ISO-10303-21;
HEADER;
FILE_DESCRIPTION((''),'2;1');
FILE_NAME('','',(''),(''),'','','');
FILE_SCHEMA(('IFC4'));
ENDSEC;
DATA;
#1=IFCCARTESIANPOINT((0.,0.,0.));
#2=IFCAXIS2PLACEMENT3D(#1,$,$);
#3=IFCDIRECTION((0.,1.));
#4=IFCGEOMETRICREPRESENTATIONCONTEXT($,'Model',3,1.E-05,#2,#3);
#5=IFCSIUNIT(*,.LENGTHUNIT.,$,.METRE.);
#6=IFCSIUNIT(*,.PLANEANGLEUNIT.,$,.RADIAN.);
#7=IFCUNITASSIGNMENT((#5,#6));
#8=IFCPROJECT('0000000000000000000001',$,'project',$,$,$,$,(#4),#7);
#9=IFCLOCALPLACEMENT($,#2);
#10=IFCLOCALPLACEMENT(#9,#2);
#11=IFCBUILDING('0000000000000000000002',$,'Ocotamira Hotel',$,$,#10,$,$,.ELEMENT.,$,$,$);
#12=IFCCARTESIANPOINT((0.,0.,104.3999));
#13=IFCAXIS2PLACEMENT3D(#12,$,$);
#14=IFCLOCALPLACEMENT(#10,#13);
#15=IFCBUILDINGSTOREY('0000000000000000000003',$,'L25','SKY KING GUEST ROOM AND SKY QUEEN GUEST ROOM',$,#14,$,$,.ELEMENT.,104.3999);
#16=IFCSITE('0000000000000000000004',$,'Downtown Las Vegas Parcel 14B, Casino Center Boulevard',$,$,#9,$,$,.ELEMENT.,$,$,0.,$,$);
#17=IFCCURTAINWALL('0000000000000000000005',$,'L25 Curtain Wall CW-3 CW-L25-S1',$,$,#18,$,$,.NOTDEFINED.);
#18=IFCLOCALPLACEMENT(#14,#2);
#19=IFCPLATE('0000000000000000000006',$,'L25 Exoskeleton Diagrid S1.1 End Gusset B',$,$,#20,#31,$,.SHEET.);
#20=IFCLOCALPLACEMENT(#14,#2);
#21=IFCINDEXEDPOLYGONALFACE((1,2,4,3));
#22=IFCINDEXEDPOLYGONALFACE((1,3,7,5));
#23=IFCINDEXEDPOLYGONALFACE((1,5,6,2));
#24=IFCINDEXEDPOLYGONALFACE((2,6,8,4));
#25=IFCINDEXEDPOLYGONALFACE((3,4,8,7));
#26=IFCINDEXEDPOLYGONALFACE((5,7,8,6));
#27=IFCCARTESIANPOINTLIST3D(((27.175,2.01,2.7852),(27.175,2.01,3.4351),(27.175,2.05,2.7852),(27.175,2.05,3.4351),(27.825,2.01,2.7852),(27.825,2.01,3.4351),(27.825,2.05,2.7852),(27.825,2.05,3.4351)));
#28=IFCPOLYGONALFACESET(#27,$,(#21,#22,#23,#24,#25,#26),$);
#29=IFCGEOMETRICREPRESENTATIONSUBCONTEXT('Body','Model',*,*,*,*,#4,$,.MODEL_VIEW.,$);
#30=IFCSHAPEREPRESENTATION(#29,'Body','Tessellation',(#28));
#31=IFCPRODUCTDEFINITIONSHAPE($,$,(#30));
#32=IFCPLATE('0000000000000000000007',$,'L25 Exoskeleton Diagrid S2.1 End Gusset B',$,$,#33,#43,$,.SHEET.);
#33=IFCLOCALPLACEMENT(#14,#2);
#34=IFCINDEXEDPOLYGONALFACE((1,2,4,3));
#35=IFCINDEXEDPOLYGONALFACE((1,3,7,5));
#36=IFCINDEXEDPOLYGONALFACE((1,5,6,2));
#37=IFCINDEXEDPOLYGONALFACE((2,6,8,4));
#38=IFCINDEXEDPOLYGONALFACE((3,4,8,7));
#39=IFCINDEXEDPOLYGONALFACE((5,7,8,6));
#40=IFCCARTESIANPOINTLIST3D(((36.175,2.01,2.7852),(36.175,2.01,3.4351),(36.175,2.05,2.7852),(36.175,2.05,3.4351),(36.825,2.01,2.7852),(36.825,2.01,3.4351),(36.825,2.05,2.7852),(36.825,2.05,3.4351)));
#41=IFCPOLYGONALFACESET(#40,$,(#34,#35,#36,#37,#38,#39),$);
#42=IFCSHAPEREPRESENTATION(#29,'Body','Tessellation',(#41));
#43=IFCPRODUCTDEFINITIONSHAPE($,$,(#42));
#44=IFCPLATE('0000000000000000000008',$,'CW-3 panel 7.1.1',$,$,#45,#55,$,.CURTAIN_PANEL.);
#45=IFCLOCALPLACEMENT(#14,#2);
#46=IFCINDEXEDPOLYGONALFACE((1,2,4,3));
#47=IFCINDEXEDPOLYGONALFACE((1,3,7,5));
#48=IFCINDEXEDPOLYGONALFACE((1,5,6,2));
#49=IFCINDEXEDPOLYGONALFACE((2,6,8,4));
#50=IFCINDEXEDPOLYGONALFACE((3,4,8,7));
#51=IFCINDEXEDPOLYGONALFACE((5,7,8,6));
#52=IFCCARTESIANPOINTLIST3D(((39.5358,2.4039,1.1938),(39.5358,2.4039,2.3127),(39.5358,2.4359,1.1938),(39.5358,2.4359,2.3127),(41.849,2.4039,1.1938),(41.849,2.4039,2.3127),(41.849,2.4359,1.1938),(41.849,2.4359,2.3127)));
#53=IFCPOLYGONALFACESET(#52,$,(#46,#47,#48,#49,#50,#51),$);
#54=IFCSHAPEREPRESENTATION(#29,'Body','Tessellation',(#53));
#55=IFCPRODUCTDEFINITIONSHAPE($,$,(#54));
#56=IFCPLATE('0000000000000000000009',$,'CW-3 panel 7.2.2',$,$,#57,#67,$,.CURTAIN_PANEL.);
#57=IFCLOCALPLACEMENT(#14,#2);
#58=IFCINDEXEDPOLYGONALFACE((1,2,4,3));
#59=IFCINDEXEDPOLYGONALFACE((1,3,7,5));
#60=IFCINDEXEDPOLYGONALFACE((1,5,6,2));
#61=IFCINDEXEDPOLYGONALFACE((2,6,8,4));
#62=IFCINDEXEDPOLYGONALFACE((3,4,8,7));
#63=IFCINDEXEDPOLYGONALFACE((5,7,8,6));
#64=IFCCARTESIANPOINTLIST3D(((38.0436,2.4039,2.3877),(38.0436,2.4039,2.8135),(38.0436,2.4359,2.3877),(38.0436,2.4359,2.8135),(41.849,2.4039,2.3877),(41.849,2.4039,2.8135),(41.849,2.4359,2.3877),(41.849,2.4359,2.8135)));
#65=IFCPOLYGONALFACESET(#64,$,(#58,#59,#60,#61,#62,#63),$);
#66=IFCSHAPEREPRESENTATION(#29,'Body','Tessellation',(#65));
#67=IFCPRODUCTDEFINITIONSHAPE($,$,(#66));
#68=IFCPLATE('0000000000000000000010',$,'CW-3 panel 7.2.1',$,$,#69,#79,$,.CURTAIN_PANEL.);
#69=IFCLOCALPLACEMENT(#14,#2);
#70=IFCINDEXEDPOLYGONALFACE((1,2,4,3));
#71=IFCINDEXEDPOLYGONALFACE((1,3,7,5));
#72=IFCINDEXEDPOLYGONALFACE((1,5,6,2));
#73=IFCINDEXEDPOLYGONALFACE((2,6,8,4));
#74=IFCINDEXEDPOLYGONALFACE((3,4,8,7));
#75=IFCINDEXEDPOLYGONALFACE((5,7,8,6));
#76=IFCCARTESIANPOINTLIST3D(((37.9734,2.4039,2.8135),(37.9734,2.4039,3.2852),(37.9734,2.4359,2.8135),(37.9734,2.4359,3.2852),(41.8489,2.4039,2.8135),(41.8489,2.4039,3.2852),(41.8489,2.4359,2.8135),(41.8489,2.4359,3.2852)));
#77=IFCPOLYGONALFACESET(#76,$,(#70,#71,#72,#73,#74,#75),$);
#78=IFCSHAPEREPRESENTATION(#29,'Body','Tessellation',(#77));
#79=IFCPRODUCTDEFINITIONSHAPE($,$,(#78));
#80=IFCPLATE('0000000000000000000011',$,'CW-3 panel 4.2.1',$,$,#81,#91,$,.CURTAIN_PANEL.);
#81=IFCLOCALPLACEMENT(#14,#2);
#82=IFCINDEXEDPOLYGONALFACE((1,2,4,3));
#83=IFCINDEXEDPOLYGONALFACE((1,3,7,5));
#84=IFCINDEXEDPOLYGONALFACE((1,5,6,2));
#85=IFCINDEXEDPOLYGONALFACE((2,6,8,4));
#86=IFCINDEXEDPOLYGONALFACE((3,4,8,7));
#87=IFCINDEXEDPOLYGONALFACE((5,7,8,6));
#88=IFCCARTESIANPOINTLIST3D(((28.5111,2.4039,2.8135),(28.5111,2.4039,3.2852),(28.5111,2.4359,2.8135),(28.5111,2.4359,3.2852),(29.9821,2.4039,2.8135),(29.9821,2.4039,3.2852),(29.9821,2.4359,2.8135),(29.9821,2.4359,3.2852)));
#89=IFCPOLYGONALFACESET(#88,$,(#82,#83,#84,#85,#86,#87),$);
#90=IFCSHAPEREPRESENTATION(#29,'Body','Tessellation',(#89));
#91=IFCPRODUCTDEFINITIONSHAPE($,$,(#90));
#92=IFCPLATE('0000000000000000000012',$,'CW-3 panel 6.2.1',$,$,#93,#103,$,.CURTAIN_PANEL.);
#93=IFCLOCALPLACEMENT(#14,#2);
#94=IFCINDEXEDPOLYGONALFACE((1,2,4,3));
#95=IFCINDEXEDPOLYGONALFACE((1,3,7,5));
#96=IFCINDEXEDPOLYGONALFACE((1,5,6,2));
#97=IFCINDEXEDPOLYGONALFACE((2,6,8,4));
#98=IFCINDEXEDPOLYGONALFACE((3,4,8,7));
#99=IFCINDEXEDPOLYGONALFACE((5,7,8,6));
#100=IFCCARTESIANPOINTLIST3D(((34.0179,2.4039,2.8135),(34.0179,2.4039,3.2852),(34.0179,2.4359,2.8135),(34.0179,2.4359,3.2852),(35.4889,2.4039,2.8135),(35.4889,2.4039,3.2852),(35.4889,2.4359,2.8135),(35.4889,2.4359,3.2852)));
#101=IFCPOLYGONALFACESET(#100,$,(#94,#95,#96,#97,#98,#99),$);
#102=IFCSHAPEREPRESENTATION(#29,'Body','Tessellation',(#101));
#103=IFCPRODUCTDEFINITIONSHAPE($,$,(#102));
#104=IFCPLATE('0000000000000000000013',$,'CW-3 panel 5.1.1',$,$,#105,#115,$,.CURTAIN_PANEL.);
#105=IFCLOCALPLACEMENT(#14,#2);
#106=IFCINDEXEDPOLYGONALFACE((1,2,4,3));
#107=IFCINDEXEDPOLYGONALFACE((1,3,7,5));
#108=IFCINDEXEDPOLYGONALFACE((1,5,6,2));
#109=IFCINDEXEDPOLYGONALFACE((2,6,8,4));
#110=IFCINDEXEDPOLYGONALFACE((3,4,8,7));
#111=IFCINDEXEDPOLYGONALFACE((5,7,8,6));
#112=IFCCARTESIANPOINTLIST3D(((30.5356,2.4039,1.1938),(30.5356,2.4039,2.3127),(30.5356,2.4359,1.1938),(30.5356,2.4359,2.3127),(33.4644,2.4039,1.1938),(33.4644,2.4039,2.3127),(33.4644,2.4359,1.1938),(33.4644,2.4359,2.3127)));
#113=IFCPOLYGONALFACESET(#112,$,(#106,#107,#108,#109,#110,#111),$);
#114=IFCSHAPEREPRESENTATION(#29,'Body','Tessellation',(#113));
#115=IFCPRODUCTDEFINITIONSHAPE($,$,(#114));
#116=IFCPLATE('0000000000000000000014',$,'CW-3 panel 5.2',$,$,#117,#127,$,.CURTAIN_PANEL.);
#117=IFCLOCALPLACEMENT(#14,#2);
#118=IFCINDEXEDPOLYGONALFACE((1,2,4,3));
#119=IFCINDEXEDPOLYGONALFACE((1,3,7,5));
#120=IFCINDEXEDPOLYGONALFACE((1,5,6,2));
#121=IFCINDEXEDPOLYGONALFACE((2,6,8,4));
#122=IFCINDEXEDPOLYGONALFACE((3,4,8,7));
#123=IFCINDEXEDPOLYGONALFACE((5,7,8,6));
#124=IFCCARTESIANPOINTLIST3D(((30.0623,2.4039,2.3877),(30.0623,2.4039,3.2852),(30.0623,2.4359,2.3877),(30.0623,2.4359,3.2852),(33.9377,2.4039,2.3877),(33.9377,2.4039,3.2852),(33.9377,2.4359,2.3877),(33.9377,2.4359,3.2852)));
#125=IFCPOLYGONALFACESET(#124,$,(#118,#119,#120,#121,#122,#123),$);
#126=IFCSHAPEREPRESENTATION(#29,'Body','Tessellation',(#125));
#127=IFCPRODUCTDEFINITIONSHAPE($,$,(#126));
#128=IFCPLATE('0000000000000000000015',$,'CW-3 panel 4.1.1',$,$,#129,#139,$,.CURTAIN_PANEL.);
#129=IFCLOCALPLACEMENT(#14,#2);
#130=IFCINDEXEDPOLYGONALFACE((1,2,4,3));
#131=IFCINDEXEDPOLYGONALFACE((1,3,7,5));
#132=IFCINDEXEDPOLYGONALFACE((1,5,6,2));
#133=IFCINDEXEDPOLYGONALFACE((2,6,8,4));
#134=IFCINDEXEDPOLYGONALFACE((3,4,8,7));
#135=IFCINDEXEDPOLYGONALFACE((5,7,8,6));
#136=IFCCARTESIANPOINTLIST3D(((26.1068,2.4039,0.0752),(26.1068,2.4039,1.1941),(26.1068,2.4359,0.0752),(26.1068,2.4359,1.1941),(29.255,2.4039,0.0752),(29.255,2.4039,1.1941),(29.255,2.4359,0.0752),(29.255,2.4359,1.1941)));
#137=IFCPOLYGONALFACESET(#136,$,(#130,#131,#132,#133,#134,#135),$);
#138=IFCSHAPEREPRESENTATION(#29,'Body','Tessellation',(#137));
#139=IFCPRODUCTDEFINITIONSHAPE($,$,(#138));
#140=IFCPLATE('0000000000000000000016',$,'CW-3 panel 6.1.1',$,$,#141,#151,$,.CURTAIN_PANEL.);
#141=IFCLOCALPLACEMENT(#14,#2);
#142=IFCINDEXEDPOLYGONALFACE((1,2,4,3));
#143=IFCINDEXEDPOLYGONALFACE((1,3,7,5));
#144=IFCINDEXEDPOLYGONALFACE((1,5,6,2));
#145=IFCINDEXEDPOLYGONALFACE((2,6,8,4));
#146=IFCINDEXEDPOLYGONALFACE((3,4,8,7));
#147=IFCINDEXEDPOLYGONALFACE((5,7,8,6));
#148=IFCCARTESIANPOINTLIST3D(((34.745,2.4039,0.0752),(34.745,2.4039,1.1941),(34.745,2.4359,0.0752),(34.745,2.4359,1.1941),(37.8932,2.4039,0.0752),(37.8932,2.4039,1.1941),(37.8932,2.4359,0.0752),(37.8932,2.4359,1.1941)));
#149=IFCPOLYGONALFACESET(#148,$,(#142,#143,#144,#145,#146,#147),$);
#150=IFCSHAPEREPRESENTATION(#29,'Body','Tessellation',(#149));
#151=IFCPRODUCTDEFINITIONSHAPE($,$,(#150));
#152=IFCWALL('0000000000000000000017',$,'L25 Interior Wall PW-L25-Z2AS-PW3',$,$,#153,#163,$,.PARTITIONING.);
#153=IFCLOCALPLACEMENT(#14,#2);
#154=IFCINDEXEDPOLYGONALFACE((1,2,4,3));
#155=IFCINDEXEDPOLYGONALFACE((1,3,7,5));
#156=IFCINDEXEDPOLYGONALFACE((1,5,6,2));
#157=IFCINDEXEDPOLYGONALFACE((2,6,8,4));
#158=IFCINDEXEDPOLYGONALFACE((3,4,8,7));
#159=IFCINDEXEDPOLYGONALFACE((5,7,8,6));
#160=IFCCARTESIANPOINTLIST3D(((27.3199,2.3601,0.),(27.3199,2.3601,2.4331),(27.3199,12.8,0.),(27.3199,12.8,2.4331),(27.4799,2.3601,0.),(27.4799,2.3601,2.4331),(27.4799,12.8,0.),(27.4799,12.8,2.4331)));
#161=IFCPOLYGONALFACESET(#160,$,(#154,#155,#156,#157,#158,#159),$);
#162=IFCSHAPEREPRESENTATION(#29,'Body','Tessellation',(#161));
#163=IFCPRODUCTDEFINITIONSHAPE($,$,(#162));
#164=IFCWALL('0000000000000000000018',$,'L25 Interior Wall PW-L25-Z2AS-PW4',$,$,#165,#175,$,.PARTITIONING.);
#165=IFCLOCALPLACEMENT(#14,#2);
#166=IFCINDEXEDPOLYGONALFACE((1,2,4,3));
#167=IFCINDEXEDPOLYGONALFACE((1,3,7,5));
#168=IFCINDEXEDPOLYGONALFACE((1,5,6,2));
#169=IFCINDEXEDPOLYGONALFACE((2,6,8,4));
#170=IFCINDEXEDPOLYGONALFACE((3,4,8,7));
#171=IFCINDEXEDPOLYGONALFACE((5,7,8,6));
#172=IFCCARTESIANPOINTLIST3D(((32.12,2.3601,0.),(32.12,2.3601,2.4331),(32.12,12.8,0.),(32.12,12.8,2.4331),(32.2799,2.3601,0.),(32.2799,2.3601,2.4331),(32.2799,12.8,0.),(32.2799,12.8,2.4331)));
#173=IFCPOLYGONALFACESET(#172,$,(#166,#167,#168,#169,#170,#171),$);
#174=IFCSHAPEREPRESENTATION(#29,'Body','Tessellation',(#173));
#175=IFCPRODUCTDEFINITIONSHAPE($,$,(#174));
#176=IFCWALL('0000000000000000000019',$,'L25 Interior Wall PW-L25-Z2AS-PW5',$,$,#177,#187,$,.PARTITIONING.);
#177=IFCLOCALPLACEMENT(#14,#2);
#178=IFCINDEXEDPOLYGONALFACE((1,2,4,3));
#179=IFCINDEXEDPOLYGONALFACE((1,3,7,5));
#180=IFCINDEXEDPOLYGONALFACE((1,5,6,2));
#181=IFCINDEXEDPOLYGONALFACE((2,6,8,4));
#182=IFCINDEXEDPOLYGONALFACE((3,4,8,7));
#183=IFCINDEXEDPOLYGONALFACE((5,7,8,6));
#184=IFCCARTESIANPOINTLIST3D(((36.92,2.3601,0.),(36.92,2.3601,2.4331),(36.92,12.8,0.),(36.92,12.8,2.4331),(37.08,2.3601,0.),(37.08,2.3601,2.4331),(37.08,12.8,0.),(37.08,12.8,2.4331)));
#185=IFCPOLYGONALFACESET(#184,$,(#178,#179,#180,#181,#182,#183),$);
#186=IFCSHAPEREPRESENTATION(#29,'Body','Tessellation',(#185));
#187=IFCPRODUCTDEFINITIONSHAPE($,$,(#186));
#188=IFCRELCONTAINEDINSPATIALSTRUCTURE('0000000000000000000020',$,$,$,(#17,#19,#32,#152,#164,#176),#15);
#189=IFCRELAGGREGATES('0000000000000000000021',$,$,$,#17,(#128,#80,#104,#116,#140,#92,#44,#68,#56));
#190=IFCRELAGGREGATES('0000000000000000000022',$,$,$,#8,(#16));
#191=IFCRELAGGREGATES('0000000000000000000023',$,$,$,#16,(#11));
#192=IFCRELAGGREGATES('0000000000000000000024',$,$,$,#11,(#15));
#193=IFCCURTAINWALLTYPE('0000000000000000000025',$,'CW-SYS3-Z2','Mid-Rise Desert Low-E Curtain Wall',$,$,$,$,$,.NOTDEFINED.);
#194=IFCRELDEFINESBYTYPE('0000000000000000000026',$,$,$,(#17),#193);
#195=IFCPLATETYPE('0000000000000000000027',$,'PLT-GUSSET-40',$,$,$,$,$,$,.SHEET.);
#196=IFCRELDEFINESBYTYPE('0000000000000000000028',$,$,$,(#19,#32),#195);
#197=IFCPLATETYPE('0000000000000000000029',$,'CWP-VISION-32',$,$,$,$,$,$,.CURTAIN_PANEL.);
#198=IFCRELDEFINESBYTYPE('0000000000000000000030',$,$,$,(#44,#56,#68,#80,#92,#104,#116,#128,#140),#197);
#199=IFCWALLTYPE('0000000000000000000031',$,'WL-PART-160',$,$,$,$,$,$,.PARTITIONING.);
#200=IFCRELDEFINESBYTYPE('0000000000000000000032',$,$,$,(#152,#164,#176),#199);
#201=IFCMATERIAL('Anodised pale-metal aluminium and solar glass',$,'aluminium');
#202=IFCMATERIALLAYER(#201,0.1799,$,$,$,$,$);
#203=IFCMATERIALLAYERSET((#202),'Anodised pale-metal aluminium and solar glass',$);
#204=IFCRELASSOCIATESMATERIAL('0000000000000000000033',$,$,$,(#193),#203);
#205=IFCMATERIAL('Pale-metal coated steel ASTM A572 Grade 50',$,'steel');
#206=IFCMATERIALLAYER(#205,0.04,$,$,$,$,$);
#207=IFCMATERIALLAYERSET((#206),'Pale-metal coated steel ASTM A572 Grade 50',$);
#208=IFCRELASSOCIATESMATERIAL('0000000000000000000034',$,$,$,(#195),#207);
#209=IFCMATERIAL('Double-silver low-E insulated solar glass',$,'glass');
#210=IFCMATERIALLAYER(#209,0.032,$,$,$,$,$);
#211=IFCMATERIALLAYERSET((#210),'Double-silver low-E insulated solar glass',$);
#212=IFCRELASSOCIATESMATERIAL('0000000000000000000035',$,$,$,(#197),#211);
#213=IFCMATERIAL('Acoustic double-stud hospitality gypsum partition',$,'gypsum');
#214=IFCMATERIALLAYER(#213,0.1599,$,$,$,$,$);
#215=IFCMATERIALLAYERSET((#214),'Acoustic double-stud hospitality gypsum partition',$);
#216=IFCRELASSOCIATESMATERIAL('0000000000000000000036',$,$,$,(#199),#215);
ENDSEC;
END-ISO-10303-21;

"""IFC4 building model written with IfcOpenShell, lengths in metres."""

from ifc_helpers import new_model, si_unit, direction, frame, frame_2d, origin, origin_2d, place, context, subcontext, project, spatial, rectangle, extrude, source, transform, mapped, material, layer, layer_set, type_object, element, aggregate, save


model = new_model("IFC4")

# Units and contexts
model_context = context("Model", 3, precision=1e-05, world=origin(), true_north=direction((0.0, 1.0)))
body_context = subcontext(model_context, "Body", "Model", "MODEL_VIEW")
ifc_project = project(units=[si_unit("LENGTHUNIT", "METRE"), si_unit("PLANEANGLEUNIT", "RADIAN")], contexts=[model_context])

# Site, building, storey
site_placement = place(None, origin())
site = spatial("IfcSite", under=ifc_project, at=site_placement, Name="Downtown Las Vegas Parcel 14B, Casino Center Boulevard", CompositionType="ELEMENT", RefElevation=0.0)
building_placement = place(site_placement, origin())
building = spatial("IfcBuilding", under=site, at=building_placement, Name="Ocotamira Hotel", CompositionType="ELEMENT")
storey_placement = place(building_placement, frame((0.0, 0.0, 104.3999)))
storey = spatial("IfcBuildingStorey", under=building, at=storey_placement, Name="L25", Description="SKY KING GUEST ROOM AND SKY QUEEN GUEST ROOM", CompositionType="ELEMENT", Elevation=104.3999)

# Curtain wall
ifc_material_1 = material(Name="Anodised pale-metal aluminium and solar glass", Category="aluminium")
ifc_layer_1 = layer(ifc_material_1, 0.1799)
ifc_layer_set_1 = layer_set([ifc_layer_1], Name="Anodised pale-metal aluminium and solar glass")
curtain_wall_type = type_object("IfcCurtainWallType", Name="CW-SYS3-Z2", Description="Mid-Rise Desert Low-E Curtain Wall", PredefinedType="NOTDEFINED", material=ifc_layer_set_1)
curtain_wall_placement = place(storey_placement, origin())
curtain_wall = element("IfcCurtainWall", 1, at=curtain_wall_placement, inside=storey, type_object=curtain_wall_type, Name="L25 Curtain Wall CW-3 CW-L25-S1", PredefinedType="NOTDEFINED")

# Plates
ifc_material_2 = material(Name="Pale-metal coated steel ASTM A572 Grade 50", Category="steel")
ifc_layer_2 = layer(ifc_material_2, 0.04)
ifc_layer_set_2 = layer_set([ifc_layer_2], Name="Pale-metal coated steel ASTM A572 Grade 50")
plate_type_1 = type_object("IfcPlateType", Name="PLT-GUSSET-40", PredefinedType="SHEET", material=ifc_layer_set_2)
shared_shape_1 = source(origin(), body_context, "Body", "SweptSolid", [
    extrude(rectangle(XDim=0.6499, YDim=0.04, at=origin_2d()), origin(), (0.0, 0.0, 1.0), 0.6499),
])
for number, where, z_axis, x_axis, name in (
    (2, (27.5, 2.03, 2.7852), (0.0, 0.0, 1.0), (1.0, 0.0, 0.0), "L25 Exoskeleton Diagrid S1.1 End Gusset B"),
    (3, (36.5, 2.03, 2.7852), (0.0, 0.0, 1.0), (1.0, 0.0, 0.0), "L25 Exoskeleton Diagrid S2.1 End Gusset B"),
):
    element("IfcPlate", number, at=place(storey_placement, frame(where, z_axis=z_axis, x_axis=x_axis)), inside=storey, type_object=plate_type_1, Name=name, PredefinedType="SHEET", context=body_context, shape_type="MappedRepresentation", body=[
        mapped(shared_shape_1, transform((0.0, 0.0, 0.0), scale=1.0)),
    ])

# Plates
ifc_material_3 = material(Name="Double-silver low-E insulated solar glass", Category="glass")
ifc_layer_3 = layer(ifc_material_3, 0.032)
ifc_layer_set_3 = layer_set([ifc_layer_3], Name="Double-silver low-E insulated solar glass")
plate_type_2 = type_object("IfcPlateType", Name="CWP-VISION-32", PredefinedType="CURTAIN_PANEL", material=ifc_layer_set_3)
shared_shape_2 = source(origin(), body_context, "Body", "SweptSolid", [
    extrude(rectangle(XDim=2.3132, YDim=0.032, at=origin_2d()), origin(), (0.0, 0.0, 1.0), 1.1189),
])
plate_1_placement = place(storey_placement, frame((40.6924, 2.4199, 1.1938), z_axis=(0.0, 0.0, 1.0), x_axis=(1.0, 0.0, 0.0)))
plate_1 = element("IfcPlate", 4, at=plate_1_placement, type_object=plate_type_2, Name="CW-3 panel 7.1.1", PredefinedType="CURTAIN_PANEL", context=body_context, shape_type="MappedRepresentation", body=[
    mapped(shared_shape_2, transform((0.0, 0.0, 0.0), scale=1.0)),
])
shared_shape_3 = source(origin(), body_context, "Body", "SweptSolid", [
    extrude(rectangle(XDim=3.8054, YDim=0.032, at=origin_2d()), origin(), (0.0, 0.0, 1.0), 0.4258),
])
plate_2_placement = place(storey_placement, frame((39.9463, 2.4199, 2.3877), z_axis=(0.0, 0.0, 1.0), x_axis=(1.0, 0.0, 0.0)))
plate_2 = element("IfcPlate", 5, at=plate_2_placement, type_object=plate_type_2, Name="CW-3 panel 7.2.2", PredefinedType="CURTAIN_PANEL", context=body_context, shape_type="MappedRepresentation", body=[
    mapped(shared_shape_3, transform((0.0, 0.0, 0.0), scale=1.0)),
])
shared_shape_4 = source(origin(), body_context, "Body", "SweptSolid", [
    extrude(rectangle(XDim=3.8755, YDim=0.032, at=origin_2d()), origin(), (0.0, 0.0, 1.0), 0.4717),
])
plate_3_placement = place(storey_placement, frame((39.9111, 2.4199, 2.8135), z_axis=(0.0, 0.0, 1.0), x_axis=(1.0, 0.0, 0.0)))
plate_3 = element("IfcPlate", 6, at=plate_3_placement, type_object=plate_type_2, Name="CW-3 panel 7.2.1", PredefinedType="CURTAIN_PANEL", context=body_context, shape_type="MappedRepresentation", body=[
    mapped(shared_shape_4, transform((0.0, 0.0, 0.0), scale=1.0)),
])
shared_shape_5 = source(origin(), body_context, "Body", "SweptSolid", [
    extrude(rectangle(XDim=1.4709, YDim=0.032, at=origin_2d()), origin(), (0.0, 0.0, 1.0), 0.4717),
])
plate_4_placement = place(storey_placement, frame((29.2466, 2.4199, 2.8135), z_axis=(0.0, 0.0, 1.0), x_axis=(1.0, 0.0, 0.0)))
plate_4 = element("IfcPlate", 7, at=plate_4_placement, type_object=plate_type_2, Name="CW-3 panel 4.2.1", PredefinedType="CURTAIN_PANEL", context=body_context, shape_type="MappedRepresentation", body=[
    mapped(shared_shape_5, transform((0.0, 0.0, 0.0), scale=1.0)),
])
plate_5_placement = place(storey_placement, frame((34.7534, 2.4199, 2.8135), z_axis=(0.0, 0.0, 1.0), x_axis=(1.0, 0.0, 0.0)))
plate_5 = element("IfcPlate", 8, at=plate_5_placement, type_object=plate_type_2, Name="CW-3 panel 6.2.1", PredefinedType="CURTAIN_PANEL", context=body_context, shape_type="MappedRepresentation", body=[
    mapped(shared_shape_5, transform((0.0, 0.0, 0.0), scale=1.0)),
])
shared_shape_6 = source(origin(), body_context, "Body", "SweptSolid", [
    extrude(rectangle(XDim=2.9287, YDim=0.032, at=origin_2d()), origin(), (0.0, 0.0, 1.0), 1.1189),
])
plate_6_placement = place(storey_placement, frame((32.0, 2.4199, 1.1938), z_axis=(0.0, 0.0, 1.0), x_axis=(1.0, 0.0, 0.0)))
plate_6 = element("IfcPlate", 9, at=plate_6_placement, type_object=plate_type_2, Name="CW-3 panel 5.1.1", PredefinedType="CURTAIN_PANEL", context=body_context, shape_type="MappedRepresentation", body=[
    mapped(shared_shape_6, transform((0.0, 0.0, 0.0), scale=1.0)),
])
shared_shape_7 = source(origin(), body_context, "Body", "SweptSolid", [
    extrude(rectangle(XDim=3.8755, YDim=0.032, at=origin_2d()), origin(), (0.0, 0.0, 1.0), 0.8975),
])
plate_7_placement = place(storey_placement, frame((32.0, 2.4199, 2.3877), z_axis=(0.0, 0.0, 1.0), x_axis=(1.0, 0.0, 0.0)))
plate_7 = element("IfcPlate", 10, at=plate_7_placement, type_object=plate_type_2, Name="CW-3 panel 5.2", PredefinedType="CURTAIN_PANEL", context=body_context, shape_type="MappedRepresentation", body=[
    mapped(shared_shape_7, transform((0.0, 0.0, 0.0), scale=1.0)),
])
shared_shape_8 = source(origin(), body_context, "Body", "SweptSolid", [
    extrude(rectangle(XDim=3.1482, YDim=0.032, at=origin_2d()), origin(), (0.0, 0.0, 1.0), 1.1189),
])
plate_8_placement = place(storey_placement, frame((27.6809, 2.4199, 0.0752), z_axis=(0.0, 0.0, 1.0), x_axis=(1.0, 0.0, 0.0)))
plate_8 = element("IfcPlate", 11, at=plate_8_placement, type_object=plate_type_2, Name="CW-3 panel 4.1.1", PredefinedType="CURTAIN_PANEL", context=body_context, shape_type="MappedRepresentation", body=[
    mapped(shared_shape_8, transform((0.0, 0.0, 0.0), scale=1.0)),
])
plate_9_placement = place(storey_placement, frame((36.3191, 2.4199, 0.0752), z_axis=(0.0, 0.0, 1.0), x_axis=(1.0, 0.0, 0.0)))
plate_9 = element("IfcPlate", 12, at=plate_9_placement, type_object=plate_type_2, Name="CW-3 panel 6.1.1", PredefinedType="CURTAIN_PANEL", context=body_context, shape_type="MappedRepresentation", body=[
    mapped(shared_shape_8, transform((0.0, 0.0, 0.0), scale=1.0)),
])
aggregate(curtain_wall, [plate_8, plate_4, plate_6, plate_7, plate_9, plate_5, plate_1, plate_3, plate_2])

# Walls
ifc_material_4 = material(Name="Acoustic double-stud hospitality gypsum partition", Category="gypsum")
ifc_layer_4 = layer(ifc_material_4, 0.1599)
ifc_layer_set_4 = layer_set([ifc_layer_4], Name="Acoustic double-stud hospitality gypsum partition")
wall_type = type_object("IfcWallType", Name="WL-PART-160", PredefinedType="PARTITIONING", material=ifc_layer_set_4)
for number, where, z_axis, x_axis, name in (
    (13, (27.3999, 2.3601, 0.0), (0.0, 0.0, 1.0), (0.0, 1.0, 0.0), "L25 Interior Wall PW-L25-Z2AS-PW3"),
    (14, (32.2, 2.3601, 0.0), (0.0, 0.0, 1.0), (0.0, 1.0, 0.0), "L25 Interior Wall PW-L25-Z2AS-PW4"),
    (15, (37.0, 2.3601, 0.0), (0.0, 0.0, 1.0), (0.0, 1.0, 0.0), "L25 Interior Wall PW-L25-Z2AS-PW5"),
):
    element("IfcWall", number, at=place(storey_placement, frame(where, z_axis=z_axis, x_axis=x_axis)), inside=storey, type_object=wall_type, Name=name, PredefinedType="PARTITIONING", context=body_context, shape_type="SweptSolid", body=[
        extrude(rectangle(XDim=10.4399, YDim=0.1599, at=frame_2d((5.22, 0.0))), origin(), (0.0, 0.0, 1.0), 2.4331),
    ])

save(model, "model.ifc")
